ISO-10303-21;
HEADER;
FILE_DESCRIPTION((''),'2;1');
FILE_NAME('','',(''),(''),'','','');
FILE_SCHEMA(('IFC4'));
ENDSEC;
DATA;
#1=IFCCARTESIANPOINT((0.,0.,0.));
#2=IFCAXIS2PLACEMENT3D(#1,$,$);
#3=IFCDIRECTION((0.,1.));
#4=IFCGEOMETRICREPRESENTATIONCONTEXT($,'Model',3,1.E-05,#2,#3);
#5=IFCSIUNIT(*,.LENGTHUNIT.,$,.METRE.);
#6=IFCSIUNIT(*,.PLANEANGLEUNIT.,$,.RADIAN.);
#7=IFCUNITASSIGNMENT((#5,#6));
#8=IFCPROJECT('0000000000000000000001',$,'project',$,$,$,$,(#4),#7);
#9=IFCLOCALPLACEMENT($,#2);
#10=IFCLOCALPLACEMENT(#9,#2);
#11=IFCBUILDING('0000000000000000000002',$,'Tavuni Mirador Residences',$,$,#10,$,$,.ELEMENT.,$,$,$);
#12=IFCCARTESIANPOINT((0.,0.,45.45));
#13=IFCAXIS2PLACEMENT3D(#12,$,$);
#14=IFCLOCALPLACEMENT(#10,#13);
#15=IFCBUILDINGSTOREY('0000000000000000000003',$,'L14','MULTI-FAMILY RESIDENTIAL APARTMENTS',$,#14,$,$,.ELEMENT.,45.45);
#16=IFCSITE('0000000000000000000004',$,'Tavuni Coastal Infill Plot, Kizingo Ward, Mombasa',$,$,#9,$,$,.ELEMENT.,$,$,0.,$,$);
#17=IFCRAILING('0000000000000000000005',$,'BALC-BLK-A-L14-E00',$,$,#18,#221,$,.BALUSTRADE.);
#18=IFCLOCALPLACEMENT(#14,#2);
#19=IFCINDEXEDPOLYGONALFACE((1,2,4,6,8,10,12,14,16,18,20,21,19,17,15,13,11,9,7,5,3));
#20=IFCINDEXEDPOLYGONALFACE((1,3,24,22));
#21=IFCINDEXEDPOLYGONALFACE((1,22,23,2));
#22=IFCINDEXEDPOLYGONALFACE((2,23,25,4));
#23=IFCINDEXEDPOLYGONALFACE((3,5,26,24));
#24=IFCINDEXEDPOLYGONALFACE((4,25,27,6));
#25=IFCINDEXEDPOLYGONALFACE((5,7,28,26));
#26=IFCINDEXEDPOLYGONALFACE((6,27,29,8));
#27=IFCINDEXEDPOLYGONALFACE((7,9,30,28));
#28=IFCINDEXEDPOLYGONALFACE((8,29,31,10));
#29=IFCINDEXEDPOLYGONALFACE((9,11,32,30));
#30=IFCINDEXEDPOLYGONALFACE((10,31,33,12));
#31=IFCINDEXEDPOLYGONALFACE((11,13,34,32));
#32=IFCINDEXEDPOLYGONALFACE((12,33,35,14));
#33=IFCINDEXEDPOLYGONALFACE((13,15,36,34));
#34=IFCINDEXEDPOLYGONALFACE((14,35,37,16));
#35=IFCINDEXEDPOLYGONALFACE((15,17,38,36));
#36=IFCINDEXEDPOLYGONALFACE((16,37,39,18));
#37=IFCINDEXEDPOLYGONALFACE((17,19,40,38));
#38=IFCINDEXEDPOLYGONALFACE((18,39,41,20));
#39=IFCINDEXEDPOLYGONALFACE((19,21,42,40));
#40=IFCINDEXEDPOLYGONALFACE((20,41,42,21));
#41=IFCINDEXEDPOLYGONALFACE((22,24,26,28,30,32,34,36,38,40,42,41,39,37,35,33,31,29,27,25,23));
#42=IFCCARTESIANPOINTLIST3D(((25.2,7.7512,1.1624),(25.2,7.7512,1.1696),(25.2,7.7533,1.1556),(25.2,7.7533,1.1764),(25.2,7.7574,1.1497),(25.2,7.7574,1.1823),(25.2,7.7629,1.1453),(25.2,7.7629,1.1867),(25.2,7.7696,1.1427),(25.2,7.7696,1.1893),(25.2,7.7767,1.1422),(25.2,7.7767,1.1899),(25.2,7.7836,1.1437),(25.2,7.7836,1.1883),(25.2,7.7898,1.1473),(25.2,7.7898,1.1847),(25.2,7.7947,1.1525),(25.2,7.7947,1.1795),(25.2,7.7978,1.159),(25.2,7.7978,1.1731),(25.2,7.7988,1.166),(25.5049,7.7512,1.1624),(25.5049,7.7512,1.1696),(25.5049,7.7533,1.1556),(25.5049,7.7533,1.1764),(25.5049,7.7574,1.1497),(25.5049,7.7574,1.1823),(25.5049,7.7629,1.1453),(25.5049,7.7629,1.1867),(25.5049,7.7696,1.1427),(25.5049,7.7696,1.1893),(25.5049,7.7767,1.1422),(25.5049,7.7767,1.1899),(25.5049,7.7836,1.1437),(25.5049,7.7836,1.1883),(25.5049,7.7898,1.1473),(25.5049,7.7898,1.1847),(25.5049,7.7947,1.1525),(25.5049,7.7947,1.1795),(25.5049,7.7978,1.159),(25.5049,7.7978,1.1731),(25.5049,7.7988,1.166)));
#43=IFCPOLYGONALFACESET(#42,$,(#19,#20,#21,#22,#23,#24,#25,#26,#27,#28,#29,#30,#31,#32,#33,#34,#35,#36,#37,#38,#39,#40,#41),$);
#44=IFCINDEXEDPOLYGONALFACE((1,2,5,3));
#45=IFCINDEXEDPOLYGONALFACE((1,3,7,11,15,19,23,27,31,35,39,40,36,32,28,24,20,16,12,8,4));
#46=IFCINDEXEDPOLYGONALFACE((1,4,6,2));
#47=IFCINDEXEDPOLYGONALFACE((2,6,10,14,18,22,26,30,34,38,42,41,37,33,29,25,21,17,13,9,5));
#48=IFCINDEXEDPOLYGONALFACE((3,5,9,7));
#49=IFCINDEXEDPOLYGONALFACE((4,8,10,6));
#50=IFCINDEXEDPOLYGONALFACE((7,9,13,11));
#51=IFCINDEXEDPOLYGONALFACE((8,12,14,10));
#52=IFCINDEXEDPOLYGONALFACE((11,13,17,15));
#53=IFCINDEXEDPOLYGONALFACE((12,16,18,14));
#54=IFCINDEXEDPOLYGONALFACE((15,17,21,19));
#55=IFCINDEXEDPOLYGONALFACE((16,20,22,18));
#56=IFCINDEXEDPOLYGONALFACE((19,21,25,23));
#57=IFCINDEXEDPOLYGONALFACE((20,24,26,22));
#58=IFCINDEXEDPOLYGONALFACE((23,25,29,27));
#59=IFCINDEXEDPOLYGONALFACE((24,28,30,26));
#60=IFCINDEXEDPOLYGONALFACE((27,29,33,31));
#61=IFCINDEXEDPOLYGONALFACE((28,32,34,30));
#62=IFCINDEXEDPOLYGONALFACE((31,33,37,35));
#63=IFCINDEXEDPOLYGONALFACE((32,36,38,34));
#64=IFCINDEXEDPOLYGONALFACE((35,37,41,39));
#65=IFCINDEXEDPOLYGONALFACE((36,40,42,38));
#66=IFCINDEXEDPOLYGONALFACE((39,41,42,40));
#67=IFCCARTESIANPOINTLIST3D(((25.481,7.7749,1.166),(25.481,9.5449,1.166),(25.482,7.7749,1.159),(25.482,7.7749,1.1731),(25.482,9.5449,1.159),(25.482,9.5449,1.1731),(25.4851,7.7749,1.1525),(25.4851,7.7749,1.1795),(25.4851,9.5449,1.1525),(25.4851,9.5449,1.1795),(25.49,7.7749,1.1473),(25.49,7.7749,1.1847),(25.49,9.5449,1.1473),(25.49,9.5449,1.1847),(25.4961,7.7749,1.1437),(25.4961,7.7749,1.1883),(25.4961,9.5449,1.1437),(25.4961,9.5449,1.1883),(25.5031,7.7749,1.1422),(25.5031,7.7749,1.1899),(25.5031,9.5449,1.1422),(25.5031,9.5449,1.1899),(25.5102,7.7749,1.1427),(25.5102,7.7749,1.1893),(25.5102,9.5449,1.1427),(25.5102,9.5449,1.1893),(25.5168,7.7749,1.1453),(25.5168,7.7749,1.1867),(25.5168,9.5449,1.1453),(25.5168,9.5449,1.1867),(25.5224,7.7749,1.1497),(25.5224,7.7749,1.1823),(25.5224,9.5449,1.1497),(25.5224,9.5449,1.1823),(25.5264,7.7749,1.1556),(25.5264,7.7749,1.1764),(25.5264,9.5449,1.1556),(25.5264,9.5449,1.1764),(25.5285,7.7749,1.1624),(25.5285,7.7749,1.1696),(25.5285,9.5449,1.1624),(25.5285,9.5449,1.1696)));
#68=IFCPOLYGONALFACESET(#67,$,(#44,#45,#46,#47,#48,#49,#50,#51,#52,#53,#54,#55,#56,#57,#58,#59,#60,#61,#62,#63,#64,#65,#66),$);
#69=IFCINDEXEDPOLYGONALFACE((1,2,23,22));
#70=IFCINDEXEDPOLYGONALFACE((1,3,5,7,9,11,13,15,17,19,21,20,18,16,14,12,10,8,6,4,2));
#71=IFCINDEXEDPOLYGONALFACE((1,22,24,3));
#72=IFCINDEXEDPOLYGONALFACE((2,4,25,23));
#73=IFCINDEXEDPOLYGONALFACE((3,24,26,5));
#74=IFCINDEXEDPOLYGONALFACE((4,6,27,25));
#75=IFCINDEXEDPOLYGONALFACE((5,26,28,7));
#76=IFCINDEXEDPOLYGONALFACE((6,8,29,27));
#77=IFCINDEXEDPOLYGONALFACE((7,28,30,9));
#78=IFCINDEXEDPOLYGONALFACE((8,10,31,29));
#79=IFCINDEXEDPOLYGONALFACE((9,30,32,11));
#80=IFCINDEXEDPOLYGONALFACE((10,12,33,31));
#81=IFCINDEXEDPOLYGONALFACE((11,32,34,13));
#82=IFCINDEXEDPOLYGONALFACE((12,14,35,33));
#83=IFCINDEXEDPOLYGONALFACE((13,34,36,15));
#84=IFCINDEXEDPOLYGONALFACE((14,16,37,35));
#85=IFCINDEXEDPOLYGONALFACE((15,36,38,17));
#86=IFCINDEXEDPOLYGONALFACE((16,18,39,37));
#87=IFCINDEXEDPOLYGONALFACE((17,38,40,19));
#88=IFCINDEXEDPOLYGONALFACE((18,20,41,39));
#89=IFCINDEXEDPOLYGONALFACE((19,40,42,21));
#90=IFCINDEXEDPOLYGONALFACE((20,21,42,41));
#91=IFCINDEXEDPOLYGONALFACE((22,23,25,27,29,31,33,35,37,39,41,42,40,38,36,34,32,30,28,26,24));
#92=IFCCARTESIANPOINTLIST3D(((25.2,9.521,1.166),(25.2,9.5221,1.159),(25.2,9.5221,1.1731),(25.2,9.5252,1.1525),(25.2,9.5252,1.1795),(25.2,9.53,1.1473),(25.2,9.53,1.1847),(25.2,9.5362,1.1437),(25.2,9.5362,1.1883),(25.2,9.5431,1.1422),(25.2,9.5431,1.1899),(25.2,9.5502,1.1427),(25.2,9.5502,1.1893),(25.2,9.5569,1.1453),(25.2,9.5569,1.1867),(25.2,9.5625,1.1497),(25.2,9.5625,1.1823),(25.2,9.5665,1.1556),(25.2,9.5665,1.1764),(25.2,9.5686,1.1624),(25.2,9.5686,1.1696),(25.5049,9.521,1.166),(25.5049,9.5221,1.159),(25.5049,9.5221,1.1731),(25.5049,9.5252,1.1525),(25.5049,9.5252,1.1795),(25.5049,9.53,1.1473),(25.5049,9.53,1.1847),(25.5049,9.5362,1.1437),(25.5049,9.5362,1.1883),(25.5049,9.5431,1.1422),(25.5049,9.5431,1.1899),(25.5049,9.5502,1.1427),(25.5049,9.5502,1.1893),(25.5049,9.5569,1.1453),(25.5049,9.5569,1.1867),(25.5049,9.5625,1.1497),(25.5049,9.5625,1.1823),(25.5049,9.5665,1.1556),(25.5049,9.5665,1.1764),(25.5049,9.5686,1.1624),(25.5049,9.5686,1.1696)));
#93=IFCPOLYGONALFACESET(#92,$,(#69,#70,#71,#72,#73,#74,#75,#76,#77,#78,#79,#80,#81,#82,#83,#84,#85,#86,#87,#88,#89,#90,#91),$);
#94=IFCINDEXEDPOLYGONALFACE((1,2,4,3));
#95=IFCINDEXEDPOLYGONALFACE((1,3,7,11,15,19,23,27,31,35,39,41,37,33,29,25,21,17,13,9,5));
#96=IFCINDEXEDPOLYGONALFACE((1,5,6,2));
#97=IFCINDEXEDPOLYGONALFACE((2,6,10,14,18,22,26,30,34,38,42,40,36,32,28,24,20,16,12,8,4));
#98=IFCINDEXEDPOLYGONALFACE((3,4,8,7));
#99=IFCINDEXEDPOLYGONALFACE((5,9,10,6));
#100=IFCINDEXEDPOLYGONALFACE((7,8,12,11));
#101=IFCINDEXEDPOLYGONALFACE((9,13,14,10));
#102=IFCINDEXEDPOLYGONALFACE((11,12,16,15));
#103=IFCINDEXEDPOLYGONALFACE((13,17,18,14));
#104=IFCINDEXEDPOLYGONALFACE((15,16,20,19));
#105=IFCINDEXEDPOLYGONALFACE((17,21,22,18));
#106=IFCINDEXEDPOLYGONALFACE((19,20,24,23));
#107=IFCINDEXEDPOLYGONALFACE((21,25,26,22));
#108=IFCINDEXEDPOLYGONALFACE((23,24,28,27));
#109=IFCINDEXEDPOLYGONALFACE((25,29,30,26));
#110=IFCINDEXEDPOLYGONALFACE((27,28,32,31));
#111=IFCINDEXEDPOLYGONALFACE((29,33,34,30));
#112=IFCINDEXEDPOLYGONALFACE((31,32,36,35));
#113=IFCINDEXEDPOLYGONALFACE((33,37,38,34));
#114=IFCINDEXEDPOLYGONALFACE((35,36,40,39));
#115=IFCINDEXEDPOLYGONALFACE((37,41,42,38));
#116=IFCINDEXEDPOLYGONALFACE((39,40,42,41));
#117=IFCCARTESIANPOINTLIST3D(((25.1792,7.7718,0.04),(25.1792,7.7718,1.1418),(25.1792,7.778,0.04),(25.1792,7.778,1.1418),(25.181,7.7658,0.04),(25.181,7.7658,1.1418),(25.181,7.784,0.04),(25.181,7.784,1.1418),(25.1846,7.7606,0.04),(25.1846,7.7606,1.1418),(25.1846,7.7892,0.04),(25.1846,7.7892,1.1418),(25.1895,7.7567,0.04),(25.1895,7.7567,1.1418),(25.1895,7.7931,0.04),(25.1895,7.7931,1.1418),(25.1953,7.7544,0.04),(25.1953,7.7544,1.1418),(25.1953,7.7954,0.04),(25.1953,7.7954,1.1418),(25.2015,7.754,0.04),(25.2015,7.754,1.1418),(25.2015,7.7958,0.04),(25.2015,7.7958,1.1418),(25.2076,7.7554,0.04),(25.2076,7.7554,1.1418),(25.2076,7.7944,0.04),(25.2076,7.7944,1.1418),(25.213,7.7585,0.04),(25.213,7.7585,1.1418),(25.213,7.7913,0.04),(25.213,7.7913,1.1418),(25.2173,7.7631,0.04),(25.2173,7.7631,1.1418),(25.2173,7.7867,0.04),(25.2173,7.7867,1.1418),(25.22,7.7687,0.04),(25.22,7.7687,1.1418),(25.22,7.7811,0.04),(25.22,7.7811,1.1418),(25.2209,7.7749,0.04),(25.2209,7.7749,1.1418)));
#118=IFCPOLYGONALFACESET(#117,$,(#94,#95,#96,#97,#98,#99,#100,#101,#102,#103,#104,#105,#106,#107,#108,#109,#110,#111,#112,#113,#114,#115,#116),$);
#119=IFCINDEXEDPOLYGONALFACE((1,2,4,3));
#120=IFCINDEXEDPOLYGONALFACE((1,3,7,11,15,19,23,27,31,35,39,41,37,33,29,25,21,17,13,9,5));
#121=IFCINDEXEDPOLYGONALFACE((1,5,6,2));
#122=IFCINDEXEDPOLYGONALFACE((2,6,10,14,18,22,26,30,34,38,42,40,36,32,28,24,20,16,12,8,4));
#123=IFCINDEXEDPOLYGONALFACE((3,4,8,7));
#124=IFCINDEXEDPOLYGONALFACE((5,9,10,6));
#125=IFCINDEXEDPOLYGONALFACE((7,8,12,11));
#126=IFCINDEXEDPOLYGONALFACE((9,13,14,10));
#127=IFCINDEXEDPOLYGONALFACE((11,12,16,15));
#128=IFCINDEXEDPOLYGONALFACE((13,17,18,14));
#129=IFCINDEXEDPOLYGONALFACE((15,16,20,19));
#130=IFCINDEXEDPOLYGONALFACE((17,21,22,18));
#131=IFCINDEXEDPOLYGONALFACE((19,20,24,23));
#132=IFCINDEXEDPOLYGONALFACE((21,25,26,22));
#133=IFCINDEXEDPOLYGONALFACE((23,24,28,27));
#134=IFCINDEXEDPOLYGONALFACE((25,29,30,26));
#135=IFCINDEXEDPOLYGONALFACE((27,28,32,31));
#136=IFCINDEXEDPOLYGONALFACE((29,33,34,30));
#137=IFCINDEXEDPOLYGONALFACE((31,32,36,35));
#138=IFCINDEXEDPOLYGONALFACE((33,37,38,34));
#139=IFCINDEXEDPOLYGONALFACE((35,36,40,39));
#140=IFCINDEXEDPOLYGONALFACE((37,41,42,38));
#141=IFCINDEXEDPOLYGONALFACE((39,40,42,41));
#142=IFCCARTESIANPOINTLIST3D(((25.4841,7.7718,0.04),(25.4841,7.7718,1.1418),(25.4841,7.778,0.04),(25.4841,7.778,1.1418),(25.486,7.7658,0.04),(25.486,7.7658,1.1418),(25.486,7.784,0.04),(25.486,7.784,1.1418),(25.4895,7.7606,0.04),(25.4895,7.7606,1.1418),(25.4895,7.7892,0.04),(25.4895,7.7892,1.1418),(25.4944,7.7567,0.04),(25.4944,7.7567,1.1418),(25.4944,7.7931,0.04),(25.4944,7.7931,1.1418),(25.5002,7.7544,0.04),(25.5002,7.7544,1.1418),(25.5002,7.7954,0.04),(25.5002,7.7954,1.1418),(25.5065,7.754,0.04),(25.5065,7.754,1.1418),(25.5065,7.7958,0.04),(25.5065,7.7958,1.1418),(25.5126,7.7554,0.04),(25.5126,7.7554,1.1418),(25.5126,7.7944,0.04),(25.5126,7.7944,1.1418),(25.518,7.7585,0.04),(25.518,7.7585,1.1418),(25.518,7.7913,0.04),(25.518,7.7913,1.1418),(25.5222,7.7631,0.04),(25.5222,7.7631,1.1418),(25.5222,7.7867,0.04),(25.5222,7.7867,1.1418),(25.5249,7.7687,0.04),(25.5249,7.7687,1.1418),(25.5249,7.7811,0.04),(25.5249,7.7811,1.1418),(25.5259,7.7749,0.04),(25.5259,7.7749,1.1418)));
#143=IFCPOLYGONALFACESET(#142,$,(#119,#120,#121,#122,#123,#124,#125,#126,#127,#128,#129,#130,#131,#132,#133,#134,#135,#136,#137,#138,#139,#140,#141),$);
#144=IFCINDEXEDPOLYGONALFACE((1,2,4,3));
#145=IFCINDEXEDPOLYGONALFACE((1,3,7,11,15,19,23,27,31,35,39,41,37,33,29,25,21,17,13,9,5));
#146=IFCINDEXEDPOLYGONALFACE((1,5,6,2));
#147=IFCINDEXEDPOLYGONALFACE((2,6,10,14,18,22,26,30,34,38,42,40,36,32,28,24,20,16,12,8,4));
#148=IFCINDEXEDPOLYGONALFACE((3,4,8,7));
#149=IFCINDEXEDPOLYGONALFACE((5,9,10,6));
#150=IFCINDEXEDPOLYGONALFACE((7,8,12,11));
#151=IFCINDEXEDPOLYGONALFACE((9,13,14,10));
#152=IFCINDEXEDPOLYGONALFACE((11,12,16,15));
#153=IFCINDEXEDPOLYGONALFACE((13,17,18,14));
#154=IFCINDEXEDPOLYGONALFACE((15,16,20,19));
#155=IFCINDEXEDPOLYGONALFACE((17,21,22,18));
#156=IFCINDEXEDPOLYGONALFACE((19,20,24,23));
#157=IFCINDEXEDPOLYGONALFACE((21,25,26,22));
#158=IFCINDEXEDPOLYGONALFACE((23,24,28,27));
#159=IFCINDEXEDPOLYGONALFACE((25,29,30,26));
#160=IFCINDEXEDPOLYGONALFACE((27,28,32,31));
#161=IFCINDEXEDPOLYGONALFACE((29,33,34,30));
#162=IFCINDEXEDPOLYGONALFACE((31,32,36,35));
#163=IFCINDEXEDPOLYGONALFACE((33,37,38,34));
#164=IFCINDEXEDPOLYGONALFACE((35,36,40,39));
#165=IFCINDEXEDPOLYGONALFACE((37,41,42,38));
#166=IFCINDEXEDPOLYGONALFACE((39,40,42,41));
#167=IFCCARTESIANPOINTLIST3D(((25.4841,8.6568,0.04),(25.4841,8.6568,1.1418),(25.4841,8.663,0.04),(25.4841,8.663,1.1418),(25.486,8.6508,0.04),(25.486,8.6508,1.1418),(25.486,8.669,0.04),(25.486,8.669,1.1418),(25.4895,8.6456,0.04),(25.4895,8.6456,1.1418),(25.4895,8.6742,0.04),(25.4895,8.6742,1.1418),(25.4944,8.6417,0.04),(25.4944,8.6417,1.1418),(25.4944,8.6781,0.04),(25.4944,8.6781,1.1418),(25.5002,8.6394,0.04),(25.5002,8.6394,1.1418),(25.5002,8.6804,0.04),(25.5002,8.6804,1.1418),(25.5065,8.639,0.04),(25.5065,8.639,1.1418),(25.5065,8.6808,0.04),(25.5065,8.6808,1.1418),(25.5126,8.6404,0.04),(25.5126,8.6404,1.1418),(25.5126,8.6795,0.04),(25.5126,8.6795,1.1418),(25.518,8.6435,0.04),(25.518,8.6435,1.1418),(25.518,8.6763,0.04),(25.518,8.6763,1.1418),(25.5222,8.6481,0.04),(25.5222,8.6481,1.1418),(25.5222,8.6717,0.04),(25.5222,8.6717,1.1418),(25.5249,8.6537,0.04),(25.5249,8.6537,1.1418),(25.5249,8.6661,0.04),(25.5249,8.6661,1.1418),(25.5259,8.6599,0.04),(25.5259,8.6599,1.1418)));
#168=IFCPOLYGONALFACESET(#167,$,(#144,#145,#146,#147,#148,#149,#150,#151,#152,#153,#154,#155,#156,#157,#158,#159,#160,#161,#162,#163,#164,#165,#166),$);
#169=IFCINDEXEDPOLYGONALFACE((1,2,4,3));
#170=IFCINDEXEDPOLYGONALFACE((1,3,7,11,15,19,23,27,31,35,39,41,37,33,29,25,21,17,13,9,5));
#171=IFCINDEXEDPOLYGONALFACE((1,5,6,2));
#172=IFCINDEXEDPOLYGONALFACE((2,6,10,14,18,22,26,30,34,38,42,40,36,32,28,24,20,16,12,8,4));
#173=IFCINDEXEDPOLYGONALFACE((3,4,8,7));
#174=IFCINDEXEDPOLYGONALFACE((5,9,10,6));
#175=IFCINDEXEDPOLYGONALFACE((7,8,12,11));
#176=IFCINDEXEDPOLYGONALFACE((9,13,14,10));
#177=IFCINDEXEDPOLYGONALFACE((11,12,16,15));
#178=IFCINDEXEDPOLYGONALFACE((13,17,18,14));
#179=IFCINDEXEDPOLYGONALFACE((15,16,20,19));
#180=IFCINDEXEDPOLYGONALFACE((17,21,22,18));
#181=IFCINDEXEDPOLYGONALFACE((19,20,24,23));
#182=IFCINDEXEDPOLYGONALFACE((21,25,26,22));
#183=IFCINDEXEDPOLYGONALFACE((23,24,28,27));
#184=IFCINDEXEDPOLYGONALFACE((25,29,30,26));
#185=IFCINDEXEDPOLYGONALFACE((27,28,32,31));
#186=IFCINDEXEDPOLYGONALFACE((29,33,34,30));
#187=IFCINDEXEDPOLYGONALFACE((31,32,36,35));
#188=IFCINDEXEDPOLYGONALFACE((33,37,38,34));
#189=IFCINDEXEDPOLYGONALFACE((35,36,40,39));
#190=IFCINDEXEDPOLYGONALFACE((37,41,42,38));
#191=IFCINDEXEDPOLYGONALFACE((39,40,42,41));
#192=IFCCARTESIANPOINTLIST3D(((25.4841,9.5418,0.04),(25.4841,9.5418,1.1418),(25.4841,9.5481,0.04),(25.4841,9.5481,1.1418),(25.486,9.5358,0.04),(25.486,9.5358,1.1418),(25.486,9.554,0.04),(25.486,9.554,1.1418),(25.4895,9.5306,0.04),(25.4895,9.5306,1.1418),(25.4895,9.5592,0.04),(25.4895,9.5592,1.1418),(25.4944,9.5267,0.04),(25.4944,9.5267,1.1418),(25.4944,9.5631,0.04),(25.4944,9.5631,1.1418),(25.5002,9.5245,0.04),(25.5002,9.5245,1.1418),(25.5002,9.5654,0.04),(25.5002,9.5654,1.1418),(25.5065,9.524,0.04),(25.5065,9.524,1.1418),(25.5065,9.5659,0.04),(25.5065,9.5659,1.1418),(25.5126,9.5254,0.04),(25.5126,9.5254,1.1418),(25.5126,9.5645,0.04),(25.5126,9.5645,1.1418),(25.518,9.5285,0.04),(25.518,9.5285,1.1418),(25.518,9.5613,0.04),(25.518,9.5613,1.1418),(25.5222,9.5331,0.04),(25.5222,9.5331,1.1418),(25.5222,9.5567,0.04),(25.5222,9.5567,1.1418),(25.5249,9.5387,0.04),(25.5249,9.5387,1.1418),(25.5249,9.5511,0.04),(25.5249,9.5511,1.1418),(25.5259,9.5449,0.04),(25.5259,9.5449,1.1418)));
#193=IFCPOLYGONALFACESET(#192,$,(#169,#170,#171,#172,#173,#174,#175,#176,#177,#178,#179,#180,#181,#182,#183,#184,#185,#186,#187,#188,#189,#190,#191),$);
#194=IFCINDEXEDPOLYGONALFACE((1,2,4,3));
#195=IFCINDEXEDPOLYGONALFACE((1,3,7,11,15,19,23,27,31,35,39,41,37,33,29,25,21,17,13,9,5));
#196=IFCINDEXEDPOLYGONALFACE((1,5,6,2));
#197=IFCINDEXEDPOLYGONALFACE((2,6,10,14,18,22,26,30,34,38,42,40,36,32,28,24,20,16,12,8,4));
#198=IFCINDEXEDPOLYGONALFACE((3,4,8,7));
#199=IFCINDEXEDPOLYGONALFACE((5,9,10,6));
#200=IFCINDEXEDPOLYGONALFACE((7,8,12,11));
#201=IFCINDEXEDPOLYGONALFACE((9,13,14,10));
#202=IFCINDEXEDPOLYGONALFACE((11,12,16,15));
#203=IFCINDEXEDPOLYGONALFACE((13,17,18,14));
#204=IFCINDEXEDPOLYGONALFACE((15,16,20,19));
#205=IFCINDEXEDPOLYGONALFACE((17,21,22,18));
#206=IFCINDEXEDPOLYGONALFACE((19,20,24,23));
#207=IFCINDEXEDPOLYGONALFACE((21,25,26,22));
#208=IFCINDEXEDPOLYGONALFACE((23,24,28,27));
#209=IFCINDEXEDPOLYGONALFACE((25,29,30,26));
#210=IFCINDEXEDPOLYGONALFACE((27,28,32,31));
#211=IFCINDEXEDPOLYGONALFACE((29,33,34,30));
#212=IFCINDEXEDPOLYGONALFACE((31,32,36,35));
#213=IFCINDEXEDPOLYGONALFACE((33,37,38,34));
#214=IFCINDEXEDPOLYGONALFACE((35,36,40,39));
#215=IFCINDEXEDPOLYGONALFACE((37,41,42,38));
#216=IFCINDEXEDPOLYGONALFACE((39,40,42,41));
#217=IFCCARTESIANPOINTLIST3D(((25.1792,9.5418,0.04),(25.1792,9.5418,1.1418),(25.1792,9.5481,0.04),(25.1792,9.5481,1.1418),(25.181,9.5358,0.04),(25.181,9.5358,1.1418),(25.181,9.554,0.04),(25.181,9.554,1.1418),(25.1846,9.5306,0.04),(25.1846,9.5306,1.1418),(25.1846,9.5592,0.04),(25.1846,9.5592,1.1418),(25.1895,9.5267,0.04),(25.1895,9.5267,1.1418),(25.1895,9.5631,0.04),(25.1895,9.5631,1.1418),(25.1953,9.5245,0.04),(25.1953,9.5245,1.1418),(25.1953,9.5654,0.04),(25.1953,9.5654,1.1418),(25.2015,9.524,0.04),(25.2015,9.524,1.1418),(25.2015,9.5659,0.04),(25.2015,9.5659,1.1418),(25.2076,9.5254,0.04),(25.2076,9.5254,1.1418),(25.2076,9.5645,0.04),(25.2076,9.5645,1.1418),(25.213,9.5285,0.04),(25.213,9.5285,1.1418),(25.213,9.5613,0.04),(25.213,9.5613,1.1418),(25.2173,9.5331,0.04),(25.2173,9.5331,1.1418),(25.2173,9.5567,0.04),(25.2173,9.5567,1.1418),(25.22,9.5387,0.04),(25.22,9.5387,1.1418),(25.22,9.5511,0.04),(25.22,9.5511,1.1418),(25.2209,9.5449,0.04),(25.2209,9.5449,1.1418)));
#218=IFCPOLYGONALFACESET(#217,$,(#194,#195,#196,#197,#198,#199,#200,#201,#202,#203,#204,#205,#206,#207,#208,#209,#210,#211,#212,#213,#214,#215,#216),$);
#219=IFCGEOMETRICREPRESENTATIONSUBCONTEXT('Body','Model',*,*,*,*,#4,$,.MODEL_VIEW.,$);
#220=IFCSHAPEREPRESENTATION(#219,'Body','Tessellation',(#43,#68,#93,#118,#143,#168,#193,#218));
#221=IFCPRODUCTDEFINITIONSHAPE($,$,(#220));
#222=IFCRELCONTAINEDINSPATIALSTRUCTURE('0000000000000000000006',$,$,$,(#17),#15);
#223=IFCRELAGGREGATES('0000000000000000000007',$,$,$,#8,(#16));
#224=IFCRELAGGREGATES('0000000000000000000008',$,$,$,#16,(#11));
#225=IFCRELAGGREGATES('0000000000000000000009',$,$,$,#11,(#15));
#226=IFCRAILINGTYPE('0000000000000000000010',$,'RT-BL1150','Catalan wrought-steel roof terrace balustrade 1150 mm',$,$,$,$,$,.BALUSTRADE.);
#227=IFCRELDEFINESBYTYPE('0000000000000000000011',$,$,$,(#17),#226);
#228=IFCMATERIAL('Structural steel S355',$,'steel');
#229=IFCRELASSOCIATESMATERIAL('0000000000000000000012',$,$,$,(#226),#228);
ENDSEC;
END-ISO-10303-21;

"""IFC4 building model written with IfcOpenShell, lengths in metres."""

from ifc_helpers import new_model, si_unit, direction, frame, origin, origin_2d, place, context, subcontext, project, spatial, circle, extrude, material, type_object, element, save


model = new_model("IFC4")

# Units and contexts
model_context = context("Model", 3, precision=1e-05, world=origin(), true_north=direction((0.0, 1.0)))
body_context = subcontext(model_context, "Body", "Model", "MODEL_VIEW")
ifc_project = project(units=[si_unit("LENGTHUNIT", "METRE"), si_unit("PLANEANGLEUNIT", "RADIAN")], contexts=[model_context])

# Site, building, storey
site_placement = place(None, origin())
site = spatial("IfcSite", under=ifc_project, at=site_placement, Name="Tavuni Coastal Infill Plot, Kizingo Ward, Mombasa", CompositionType="ELEMENT", RefElevation=0.0)
building_placement = place(site_placement, origin())
building = spatial("IfcBuilding", under=site, at=building_placement, Name="Tavuni Mirador Residences", CompositionType="ELEMENT")
storey_placement = place(building_placement, frame((0.0, 0.0, 45.45)))
storey = spatial("IfcBuildingStorey", under=building, at=storey_placement, Name="L14", Description="MULTI-FAMILY RESIDENTIAL APARTMENTS", CompositionType="ELEMENT", Elevation=45.45)

# Shared definitions
ifc_material_1 = material(Name="Structural steel S355", Category="steel")

# Railing
railing_type = type_object("IfcRailingType", Name="RT-BL1150", Description="Catalan wrought-steel roof terrace balustrade 1150 mm", PredefinedType="BALUSTRADE", material=ifc_material_1)
railing_placement = place(storey_placement, frame((25.2, 7.7749, 0.04)))
element("IfcRailing", 1, at=railing_placement, inside=storey, type_object=railing_type, Name="BALC-BLK-A-L14-E00", PredefinedType="BALUSTRADE", context=body_context, shape_type="SweptSolid", body=[
    extrude(circle(Radius=0.0239, at=origin_2d()), frame((0.0, 0.0, 1.126), z_axis=(1.0, 0.0, 0.0), x_axis=(0.0, 1.0, 0.0)), (0.0, 0.0, 1.0), 0.3049),
    extrude(circle(Radius=0.0239, at=origin_2d()), frame((0.3049, 0.0, 1.126), z_axis=(0.0, 1.0, 0.0), x_axis=(-1.0, 0.0, 0.0)), (0.0, 0.0, 1.0), 1.77),
    extrude(circle(Radius=0.0239, at=origin_2d()), frame((0.3049, 1.77, 1.126), z_axis=(-1.0, 0.0, 0.0), x_axis=(0.0, -1.0, 0.0)), (0.0, 0.0, 1.0), 0.3049),
    extrude(circle(Radius=0.021, at=origin_2d()), origin(), (0.0, 0.0, 1.0), 1.1018),
    extrude(circle(Radius=0.021, at=origin_2d()), frame((0.3049, 0.0, 0.0)), (0.0, 0.0, 1.0), 1.1018),
    extrude(circle(Radius=0.021, at=origin_2d()), frame((0.3049, 0.885, 0.0)), (0.0, 0.0, 1.0), 1.1018),
    extrude(circle(Radius=0.021, at=origin_2d()), frame((0.3049, 1.77, 0.0)), (0.0, 0.0, 1.0), 1.1018),
    extrude(circle(Radius=0.021, at=origin_2d()), frame((0.0, 1.77, 0.0)), (0.0, 0.0, 1.0), 1.1018),
])

save(model, "model.ifc")
